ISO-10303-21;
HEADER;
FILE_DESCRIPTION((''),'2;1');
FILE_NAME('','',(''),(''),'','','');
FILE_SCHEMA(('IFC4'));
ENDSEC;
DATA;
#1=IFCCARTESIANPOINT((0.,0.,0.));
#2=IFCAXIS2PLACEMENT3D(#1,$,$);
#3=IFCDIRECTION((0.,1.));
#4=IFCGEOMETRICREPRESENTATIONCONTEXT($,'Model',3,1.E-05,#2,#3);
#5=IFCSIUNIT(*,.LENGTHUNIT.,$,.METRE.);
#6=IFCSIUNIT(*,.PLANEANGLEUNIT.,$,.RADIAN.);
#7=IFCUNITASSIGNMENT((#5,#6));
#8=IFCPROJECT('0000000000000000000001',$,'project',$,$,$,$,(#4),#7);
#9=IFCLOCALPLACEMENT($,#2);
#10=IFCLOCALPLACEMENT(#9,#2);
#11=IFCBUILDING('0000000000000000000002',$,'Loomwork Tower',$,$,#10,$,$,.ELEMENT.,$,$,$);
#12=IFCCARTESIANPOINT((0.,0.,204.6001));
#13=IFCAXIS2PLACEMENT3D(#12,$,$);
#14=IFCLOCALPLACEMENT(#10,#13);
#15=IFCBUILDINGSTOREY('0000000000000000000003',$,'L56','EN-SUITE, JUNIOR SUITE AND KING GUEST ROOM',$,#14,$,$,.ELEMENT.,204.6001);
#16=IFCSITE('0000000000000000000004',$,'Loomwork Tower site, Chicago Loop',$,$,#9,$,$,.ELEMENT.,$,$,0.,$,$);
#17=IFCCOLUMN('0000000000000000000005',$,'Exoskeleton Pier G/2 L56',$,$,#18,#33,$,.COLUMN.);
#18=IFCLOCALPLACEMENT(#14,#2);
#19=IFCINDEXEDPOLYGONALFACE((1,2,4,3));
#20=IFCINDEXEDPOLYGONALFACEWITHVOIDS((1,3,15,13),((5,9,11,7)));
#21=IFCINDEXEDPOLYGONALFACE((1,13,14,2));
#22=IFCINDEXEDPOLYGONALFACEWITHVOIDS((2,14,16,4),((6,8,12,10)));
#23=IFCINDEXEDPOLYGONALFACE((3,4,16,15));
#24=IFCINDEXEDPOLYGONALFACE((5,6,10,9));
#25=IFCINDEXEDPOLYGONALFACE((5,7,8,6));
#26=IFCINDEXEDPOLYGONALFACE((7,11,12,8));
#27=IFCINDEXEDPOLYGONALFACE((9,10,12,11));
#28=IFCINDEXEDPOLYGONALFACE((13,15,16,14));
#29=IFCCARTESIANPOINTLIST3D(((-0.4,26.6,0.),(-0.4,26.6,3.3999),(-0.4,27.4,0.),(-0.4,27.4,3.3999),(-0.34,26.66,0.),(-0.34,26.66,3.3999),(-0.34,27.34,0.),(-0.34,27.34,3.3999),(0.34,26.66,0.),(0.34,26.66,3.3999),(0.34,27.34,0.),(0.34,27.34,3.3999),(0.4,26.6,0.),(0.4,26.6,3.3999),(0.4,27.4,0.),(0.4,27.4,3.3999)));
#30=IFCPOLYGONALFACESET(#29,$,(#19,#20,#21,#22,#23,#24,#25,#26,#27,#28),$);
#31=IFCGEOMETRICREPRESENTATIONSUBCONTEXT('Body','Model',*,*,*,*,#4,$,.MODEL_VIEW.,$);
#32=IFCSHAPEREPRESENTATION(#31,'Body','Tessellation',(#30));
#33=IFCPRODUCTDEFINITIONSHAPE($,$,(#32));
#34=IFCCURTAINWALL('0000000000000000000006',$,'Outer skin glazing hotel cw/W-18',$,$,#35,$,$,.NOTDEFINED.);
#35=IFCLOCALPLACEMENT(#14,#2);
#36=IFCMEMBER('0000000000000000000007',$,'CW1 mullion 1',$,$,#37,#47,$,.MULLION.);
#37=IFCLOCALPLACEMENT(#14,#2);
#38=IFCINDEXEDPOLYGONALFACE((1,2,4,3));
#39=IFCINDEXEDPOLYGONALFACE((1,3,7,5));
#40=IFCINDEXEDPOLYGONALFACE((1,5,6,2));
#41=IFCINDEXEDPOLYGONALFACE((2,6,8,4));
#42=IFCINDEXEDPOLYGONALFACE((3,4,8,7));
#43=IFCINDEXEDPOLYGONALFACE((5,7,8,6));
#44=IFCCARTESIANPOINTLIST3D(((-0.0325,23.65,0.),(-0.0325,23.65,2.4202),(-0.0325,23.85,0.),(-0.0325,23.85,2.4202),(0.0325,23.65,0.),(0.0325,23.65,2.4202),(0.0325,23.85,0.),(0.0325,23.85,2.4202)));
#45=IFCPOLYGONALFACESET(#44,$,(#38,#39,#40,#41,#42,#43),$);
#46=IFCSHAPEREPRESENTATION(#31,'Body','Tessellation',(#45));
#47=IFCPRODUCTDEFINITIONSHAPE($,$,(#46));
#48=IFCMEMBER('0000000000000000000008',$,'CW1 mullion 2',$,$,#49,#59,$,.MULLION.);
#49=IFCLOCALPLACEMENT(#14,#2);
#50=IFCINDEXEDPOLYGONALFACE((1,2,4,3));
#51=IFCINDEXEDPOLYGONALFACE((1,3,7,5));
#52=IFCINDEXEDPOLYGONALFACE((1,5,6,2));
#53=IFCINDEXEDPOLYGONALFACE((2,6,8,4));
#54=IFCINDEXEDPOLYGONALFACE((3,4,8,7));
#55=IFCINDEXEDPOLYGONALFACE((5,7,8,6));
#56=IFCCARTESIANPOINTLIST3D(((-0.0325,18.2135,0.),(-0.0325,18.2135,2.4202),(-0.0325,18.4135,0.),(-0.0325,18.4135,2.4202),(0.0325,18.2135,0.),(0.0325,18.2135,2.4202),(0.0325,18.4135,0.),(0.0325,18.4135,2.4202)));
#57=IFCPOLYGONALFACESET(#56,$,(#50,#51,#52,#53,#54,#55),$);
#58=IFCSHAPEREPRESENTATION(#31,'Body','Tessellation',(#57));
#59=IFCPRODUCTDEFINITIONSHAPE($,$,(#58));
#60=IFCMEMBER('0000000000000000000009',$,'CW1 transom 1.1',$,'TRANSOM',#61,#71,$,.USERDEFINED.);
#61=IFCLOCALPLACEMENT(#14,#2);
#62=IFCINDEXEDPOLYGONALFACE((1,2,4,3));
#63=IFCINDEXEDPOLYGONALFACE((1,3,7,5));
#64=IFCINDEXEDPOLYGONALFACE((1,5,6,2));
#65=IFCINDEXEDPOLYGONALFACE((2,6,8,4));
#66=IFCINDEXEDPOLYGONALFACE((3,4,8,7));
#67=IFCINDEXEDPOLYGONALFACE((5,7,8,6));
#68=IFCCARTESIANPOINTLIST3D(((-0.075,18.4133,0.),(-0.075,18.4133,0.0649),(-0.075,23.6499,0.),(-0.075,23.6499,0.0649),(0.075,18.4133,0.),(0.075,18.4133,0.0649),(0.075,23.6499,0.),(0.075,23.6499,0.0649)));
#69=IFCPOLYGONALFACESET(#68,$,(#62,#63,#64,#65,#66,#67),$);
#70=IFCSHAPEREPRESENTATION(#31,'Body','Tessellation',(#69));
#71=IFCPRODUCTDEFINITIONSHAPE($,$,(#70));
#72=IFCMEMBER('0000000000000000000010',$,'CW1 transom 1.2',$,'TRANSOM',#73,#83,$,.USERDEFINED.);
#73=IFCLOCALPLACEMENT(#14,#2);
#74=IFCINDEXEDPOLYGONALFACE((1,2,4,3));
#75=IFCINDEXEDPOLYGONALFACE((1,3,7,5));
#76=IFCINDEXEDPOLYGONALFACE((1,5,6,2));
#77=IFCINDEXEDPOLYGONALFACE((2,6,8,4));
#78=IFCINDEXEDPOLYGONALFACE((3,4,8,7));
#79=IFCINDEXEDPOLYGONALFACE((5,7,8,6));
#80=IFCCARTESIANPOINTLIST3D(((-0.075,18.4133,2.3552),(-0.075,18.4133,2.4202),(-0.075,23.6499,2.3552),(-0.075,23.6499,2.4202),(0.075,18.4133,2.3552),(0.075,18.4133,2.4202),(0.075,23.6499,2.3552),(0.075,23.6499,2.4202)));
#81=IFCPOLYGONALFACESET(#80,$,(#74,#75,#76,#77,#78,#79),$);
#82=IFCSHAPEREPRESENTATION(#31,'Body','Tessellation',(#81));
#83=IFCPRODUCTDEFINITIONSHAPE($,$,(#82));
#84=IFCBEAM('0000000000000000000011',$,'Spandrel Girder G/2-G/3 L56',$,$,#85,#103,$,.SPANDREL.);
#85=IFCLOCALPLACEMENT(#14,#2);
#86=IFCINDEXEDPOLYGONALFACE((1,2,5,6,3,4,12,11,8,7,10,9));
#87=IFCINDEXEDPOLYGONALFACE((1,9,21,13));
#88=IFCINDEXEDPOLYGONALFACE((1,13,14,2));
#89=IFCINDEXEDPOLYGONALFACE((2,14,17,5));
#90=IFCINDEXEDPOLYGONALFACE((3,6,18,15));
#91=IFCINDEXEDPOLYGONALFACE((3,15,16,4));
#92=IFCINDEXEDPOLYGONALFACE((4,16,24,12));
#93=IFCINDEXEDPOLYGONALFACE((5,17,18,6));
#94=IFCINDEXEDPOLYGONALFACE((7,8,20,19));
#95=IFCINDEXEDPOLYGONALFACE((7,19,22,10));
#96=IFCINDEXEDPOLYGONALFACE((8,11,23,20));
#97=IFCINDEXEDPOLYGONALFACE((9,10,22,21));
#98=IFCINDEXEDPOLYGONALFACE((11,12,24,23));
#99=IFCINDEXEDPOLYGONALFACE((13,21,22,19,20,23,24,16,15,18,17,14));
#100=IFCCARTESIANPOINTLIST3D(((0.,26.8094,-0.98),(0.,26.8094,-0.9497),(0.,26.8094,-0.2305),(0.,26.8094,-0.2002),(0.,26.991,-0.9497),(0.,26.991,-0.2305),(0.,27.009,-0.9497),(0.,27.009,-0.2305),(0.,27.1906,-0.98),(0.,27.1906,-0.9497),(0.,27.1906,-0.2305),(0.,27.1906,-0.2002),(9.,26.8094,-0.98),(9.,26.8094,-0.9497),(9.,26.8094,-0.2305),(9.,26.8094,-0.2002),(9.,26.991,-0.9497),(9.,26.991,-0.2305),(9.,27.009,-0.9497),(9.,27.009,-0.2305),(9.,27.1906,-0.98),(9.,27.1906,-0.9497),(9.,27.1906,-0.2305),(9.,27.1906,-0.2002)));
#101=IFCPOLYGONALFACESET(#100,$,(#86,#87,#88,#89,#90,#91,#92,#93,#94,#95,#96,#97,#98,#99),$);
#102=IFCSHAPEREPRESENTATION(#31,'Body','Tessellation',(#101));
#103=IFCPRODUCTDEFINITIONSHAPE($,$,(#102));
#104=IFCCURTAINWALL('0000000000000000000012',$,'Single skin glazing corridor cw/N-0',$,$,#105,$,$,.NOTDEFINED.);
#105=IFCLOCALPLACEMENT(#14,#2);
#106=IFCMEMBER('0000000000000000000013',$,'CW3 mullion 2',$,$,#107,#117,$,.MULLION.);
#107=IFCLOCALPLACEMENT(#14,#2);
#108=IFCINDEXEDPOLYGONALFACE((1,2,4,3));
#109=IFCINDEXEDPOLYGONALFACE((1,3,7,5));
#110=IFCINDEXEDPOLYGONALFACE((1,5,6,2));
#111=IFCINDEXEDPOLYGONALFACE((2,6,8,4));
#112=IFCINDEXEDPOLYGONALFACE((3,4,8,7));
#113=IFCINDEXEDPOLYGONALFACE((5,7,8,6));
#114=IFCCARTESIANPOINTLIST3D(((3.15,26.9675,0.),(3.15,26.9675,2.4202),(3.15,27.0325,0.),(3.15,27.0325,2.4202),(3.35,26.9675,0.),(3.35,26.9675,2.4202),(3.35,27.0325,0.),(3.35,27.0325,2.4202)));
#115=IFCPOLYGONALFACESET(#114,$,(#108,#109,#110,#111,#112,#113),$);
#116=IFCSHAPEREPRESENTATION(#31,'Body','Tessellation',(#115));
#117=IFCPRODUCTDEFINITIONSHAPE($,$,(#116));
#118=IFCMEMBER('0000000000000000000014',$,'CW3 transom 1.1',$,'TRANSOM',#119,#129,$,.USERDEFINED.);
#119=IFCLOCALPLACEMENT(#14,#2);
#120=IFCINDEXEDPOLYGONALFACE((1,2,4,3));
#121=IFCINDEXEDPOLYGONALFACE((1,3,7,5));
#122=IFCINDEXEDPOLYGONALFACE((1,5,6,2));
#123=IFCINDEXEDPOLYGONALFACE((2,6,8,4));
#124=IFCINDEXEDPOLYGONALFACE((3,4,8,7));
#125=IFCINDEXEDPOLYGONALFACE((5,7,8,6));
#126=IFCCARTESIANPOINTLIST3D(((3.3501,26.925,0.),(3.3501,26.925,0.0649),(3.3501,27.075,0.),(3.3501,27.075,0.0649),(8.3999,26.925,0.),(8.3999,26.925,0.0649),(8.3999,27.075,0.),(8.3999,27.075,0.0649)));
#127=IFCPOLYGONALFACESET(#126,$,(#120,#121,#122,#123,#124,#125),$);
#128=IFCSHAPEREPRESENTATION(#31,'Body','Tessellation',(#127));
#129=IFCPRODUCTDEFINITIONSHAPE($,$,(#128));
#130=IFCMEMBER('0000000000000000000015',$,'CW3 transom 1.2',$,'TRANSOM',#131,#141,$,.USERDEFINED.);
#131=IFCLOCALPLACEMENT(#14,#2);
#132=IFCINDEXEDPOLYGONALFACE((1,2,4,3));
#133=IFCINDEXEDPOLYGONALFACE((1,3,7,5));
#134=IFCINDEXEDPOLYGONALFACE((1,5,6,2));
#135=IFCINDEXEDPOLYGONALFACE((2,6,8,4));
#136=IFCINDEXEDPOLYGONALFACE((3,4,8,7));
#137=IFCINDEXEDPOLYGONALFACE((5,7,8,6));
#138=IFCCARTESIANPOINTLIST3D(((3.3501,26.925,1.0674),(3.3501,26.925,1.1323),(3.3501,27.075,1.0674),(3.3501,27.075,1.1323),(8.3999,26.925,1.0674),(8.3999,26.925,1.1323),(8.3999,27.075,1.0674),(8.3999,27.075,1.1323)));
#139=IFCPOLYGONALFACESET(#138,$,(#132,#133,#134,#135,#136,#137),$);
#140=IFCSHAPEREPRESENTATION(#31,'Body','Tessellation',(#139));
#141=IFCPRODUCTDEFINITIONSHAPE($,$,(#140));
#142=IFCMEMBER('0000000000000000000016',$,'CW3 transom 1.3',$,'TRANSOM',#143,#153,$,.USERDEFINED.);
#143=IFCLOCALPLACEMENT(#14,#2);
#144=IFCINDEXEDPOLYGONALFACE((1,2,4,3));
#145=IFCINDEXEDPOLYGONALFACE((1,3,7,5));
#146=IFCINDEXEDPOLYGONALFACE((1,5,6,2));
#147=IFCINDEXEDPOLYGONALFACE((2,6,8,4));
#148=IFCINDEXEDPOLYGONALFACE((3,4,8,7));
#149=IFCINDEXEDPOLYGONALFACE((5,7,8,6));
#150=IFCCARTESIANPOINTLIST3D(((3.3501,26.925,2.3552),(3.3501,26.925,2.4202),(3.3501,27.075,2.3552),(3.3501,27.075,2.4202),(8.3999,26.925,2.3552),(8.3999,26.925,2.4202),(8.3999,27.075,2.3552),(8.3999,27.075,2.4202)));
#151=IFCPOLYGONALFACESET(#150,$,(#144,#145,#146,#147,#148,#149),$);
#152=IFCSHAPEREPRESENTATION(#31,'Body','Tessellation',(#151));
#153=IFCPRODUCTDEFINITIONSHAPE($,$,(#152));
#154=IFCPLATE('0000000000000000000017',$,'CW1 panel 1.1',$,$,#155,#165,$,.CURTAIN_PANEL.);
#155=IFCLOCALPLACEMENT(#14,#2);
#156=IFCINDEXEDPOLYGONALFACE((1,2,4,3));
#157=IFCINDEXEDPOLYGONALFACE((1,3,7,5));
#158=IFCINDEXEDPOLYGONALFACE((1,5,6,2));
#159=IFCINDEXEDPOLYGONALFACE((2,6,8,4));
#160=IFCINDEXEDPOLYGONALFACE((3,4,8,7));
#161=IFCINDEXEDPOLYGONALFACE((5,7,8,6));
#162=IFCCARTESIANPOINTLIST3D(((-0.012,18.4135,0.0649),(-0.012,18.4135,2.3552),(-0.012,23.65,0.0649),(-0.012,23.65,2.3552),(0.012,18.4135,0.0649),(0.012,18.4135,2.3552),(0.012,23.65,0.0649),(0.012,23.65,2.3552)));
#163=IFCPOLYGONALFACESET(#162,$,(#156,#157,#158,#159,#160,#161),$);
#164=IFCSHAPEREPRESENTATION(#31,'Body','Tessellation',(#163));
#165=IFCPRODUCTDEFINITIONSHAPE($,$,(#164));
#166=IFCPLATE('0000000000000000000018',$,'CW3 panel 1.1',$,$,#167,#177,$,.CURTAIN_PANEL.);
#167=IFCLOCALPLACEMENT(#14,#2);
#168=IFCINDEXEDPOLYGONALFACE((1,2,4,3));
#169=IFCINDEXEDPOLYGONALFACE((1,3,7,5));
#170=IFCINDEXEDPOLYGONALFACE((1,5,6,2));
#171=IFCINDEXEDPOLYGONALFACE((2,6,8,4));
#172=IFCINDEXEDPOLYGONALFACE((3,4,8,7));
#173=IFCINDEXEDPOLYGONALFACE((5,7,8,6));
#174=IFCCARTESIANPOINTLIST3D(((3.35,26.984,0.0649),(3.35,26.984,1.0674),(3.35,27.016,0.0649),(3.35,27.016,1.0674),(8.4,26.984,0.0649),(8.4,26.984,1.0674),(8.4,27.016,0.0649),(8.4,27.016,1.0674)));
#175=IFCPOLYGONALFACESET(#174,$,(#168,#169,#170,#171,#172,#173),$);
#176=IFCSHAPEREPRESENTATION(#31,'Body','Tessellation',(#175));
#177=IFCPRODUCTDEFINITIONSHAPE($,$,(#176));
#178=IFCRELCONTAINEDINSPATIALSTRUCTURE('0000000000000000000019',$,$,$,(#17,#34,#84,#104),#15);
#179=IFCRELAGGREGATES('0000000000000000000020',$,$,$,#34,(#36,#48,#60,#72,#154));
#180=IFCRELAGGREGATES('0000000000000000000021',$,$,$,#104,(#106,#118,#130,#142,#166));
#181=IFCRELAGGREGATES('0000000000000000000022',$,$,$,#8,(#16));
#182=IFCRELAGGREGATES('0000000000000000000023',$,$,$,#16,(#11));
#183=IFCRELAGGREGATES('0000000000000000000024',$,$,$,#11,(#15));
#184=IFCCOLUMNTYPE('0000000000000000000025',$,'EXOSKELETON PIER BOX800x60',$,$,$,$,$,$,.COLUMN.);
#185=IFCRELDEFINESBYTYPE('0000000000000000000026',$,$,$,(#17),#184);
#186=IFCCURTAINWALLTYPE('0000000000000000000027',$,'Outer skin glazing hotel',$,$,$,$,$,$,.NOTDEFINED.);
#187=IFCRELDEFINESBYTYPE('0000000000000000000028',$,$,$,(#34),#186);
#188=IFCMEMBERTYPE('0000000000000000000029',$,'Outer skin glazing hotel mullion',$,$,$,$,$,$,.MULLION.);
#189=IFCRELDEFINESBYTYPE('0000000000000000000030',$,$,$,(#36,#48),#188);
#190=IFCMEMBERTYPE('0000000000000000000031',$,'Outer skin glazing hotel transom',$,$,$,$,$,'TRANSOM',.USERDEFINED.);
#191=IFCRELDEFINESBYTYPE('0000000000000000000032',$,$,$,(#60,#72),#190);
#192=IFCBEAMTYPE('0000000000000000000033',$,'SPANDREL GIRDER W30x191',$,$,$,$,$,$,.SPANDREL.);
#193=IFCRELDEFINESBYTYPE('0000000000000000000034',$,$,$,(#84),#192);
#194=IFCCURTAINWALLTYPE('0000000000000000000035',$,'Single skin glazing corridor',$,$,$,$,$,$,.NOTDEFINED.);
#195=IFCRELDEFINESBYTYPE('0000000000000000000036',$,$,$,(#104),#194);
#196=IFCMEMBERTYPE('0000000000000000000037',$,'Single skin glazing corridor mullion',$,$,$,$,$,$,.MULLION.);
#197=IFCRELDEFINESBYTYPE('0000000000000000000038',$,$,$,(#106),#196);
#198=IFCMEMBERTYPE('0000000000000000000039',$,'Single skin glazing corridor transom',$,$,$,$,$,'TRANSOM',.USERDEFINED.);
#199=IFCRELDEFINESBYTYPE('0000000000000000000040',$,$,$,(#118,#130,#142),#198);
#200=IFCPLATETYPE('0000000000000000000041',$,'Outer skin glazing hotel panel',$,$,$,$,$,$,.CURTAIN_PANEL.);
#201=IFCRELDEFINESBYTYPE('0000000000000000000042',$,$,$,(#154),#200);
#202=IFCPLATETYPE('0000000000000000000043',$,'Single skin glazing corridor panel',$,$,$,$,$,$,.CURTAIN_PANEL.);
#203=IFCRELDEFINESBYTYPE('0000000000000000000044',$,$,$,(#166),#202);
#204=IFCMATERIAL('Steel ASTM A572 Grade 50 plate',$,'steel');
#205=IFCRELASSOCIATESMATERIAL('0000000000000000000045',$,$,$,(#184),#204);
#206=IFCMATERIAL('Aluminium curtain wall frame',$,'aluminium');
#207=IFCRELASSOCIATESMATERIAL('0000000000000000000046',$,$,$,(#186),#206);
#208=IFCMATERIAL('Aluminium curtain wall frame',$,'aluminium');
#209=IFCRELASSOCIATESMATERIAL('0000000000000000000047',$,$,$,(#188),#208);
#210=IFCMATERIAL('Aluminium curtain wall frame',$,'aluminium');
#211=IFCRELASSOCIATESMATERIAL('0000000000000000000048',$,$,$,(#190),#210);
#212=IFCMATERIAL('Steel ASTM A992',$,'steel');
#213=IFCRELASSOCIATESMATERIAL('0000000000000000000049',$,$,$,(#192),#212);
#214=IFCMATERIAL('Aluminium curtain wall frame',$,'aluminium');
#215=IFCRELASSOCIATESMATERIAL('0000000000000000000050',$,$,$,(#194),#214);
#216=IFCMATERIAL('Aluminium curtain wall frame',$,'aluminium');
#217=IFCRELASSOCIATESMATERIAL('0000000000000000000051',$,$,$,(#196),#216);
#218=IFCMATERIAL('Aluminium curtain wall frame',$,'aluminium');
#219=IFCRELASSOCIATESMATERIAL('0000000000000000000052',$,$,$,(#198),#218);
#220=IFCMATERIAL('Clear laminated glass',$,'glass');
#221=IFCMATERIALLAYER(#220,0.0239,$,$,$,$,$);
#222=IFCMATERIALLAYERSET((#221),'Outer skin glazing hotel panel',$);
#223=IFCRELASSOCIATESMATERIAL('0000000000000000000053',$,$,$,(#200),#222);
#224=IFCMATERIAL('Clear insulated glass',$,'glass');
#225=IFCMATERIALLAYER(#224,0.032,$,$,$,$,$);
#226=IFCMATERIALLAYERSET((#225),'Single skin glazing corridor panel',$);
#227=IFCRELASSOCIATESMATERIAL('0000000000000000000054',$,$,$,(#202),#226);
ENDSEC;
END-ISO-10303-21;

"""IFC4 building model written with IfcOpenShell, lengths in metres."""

from ifc_helpers import new_model, si_unit, direction, frame, origin, origin_2d, place, context, subcontext, project, spatial, rectangle, hollow_rectangle, i_section, extrude, material, layer, layer_set, material_profile, profile_set, type_object, element, aggregate, save


model = new_model("IFC4")

# Units and contexts
model_context = context("Model", 3, precision=1e-05, world=origin(), true_north=direction((0.0, 1.0)))
body_context = subcontext(model_context, "Body", "Model", "MODEL_VIEW")
ifc_project = project(units=[si_unit("LENGTHUNIT", "METRE"), si_unit("PLANEANGLEUNIT", "RADIAN")], contexts=[model_context])

# Site, building, storey
site_placement = place(None, origin())
site = spatial("IfcSite", under=ifc_project, at=site_placement, Name="Loomwork Tower site, Chicago Loop", CompositionType="ELEMENT", RefElevation=0.0)
building_placement = place(site_placement, origin())
building = spatial("IfcBuilding", under=site, at=building_placement, Name="Loomwork Tower", CompositionType="ELEMENT")
storey_placement = place(building_placement, frame((0.0, 0.0, 204.6001)))
storey = spatial("IfcBuildingStorey", under=building, at=storey_placement, Name="L56", Description="EN-SUITE, JUNIOR SUITE AND KING GUEST ROOM", CompositionType="ELEMENT", Elevation=204.6001)

# Column
ifc_material_1 = material(Name="Steel ASTM A572 Grade 50 plate", Category="steel")
ifc_material_profile_1 = material_profile(ifc_material_1, hollow_rectangle(XDim=0.8, YDim=0.8, WallThickness=0.0601, at=origin_2d()), Name="BOX800x60")
ifc_profile_set_1 = profile_set([ifc_material_profile_1], Name="Steel ASTM A572 Grade 50 plate")
column_type = type_object("IfcColumnType", Name="EXOSKELETON PIER BOX800x60", PredefinedType="COLUMN", material=ifc_profile_set_1)
column_placement = place(storey_placement, frame((0.0, 27.0, 0.0), z_axis=(0.0, 0.0, 1.0), x_axis=(0.0, 1.0, 0.0)))
element("IfcColumn", 1, at=column_placement, inside=storey, type_object=column_type, Name="Exoskeleton Pier G/2 L56", PredefinedType="COLUMN", context=body_context, shape_type="SweptSolid", body=[
    extrude(hollow_rectangle(XDim=0.8, YDim=0.8, WallThickness=0.0601, at=origin_2d()), origin(), (0.0, 0.0, 1.0), 3.3999),
])

# Curtain wall, members
ifc_material_2 = material(Name="Aluminium curtain wall frame", Category="aluminium")
curtain_wall_type_1 = type_object("IfcCurtainWallType", Name="Outer skin glazing hotel", PredefinedType="NOTDEFINED", material=ifc_material_2)
curtain_wall_1_placement = place(storey_placement, origin())
curtain_wall_1 = element("IfcCurtainWall", 2, at=curtain_wall_1_placement, inside=storey, type_object=curtain_wall_type_1, Name="Outer skin glazing hotel cw/W-18", PredefinedType="NOTDEFINED")
ifc_material_3 = material(Name="Aluminium curtain wall frame", Category="aluminium")
ifc_material_profile_2 = material_profile(ifc_material_3, rectangle(XDim=0.0649, YDim=0.2, at=origin_2d()), Name="AL 65x200")
ifc_profile_set_2 = profile_set([ifc_material_profile_2], Name="Aluminium curtain wall frame")
member_type_1 = type_object("IfcMemberType", Name="Outer skin glazing hotel mullion", PredefinedType="MULLION", material=ifc_profile_set_2)
member_1_placement = place(storey_placement, frame((0.0, 23.75, 0.0), z_axis=(0.0, 0.0, 1.0), x_axis=(1.0, 0.0, 0.0)))
member_1 = element("IfcMember", 3, at=member_1_placement, type_object=member_type_1, Name="CW1 mullion 1", PredefinedType="MULLION", context=body_context, shape_type="SweptSolid", body=[
    extrude(rectangle(XDim=0.0649, YDim=0.2, at=origin_2d()), origin(), (0.0, 0.0, 1.0), 2.4202),
])
member_2_placement = place(storey_placement, frame((0.0, 18.3135, 0.0), z_axis=(0.0, 0.0, 1.0), x_axis=(1.0, 0.0, 0.0)))
member_2 = element("IfcMember", 4, at=member_2_placement, type_object=member_type_1, Name="CW1 mullion 2", PredefinedType="MULLION", context=body_context, shape_type="SweptSolid", body=[
    extrude(rectangle(XDim=0.0649, YDim=0.2, at=origin_2d()), origin(), (0.0, 0.0, 1.0), 2.4202),
])
ifc_material_4 = material(Name="Aluminium curtain wall frame", Category="aluminium")
ifc_material_profile_3 = material_profile(ifc_material_4, rectangle(XDim=0.1499, YDim=0.0649, at=origin_2d()), Name="AL 65x150")
ifc_profile_set_3 = profile_set([ifc_material_profile_3], Name="Aluminium curtain wall frame")
member_type_2 = type_object("IfcMemberType", Name="Outer skin glazing hotel transom", ElementType="TRANSOM", PredefinedType="USERDEFINED", material=ifc_profile_set_3)
member_3_placement = place(storey_placement, frame((0.0, 23.6499, 0.0325), z_axis=(0.0, -1.0, 0.0), x_axis=(1.0, 0.0, 0.0)))
member_3 = element("IfcMember", 5, at=member_3_placement, type_object=member_type_2, Name="CW1 transom 1.1", ObjectType="TRANSOM", PredefinedType="USERDEFINED", context=body_context, shape_type="SweptSolid", body=[
    extrude(rectangle(XDim=0.1499, YDim=0.0649, at=origin_2d()), origin(), (0.0, 0.0, 1.0), 5.2366),
])
member_4_placement = place(storey_placement, frame((0.0, 23.6499, 2.3877), z_axis=(0.0, -1.0, 0.0), x_axis=(1.0, 0.0, 0.0)))
member_4 = element("IfcMember", 6, at=member_4_placement, type_object=member_type_2, Name="CW1 transom 1.2", ObjectType="TRANSOM", PredefinedType="USERDEFINED", context=body_context, shape_type="SweptSolid", body=[
    extrude(rectangle(XDim=0.1499, YDim=0.0649, at=origin_2d()), origin(), (0.0, 0.0, 1.0), 5.2366),
])

# Beam
ifc_material_5 = material(Name="Steel ASTM A992", Category="steel")
ifc_material_profile_4 = material_profile(ifc_material_5, i_section(OverallWidth=0.3811, OverallDepth=0.7798, WebThickness=0.0181, FlangeThickness=0.0303, at=origin_2d()), Name="W30x191")
ifc_profile_set_4 = profile_set([ifc_material_profile_4], Name="Steel ASTM A992")
beam_type = type_object("IfcBeamType", Name="SPANDREL GIRDER W30x191", PredefinedType="SPANDREL", material=ifc_profile_set_4)
beam_placement = place(storey_placement, frame((0.0, 27.0, -0.5901), z_axis=(1.0, 0.0, 0.0), x_axis=(0.0, 1.0, 0.0)))
element("IfcBeam", 7, at=beam_placement, inside=storey, type_object=beam_type, Name="Spandrel Girder G/2-G/3 L56", PredefinedType="SPANDREL", context=body_context, shape_type="SweptSolid", body=[
    extrude(i_section(OverallWidth=0.3811, OverallDepth=0.7798, WebThickness=0.0181, FlangeThickness=0.0303, at=origin_2d()), origin(), (0.0, 0.0, 1.0), 9.0),
])

# Curtain wall, members
ifc_material_6 = material(Name="Aluminium curtain wall frame", Category="aluminium")
curtain_wall_type_2 = type_object("IfcCurtainWallType", Name="Single skin glazing corridor", PredefinedType="NOTDEFINED", material=ifc_material_6)
curtain_wall_2_placement = place(storey_placement, origin())
curtain_wall_2 = element("IfcCurtainWall", 8, at=curtain_wall_2_placement, inside=storey, type_object=curtain_wall_type_2, Name="Single skin glazing corridor cw/N-0", PredefinedType="NOTDEFINED")
ifc_material_7 = material(Name="Aluminium curtain wall frame", Category="aluminium")
ifc_material_profile_5 = material_profile(ifc_material_7, rectangle(XDim=0.0649, YDim=0.2, at=origin_2d()), Name="AL 65x200")
ifc_profile_set_5 = profile_set([ifc_material_profile_5], Name="Aluminium curtain wall frame")
member_type_3 = type_object("IfcMemberType", Name="Single skin glazing corridor mullion", PredefinedType="MULLION", material=ifc_profile_set_5)
member_5_placement = place(storey_placement, frame((3.25, 27.0, 0.0), z_axis=(0.0, 0.0, 1.0), x_axis=(0.0, -1.0, 0.0)))
member_5 = element("IfcMember", 9, at=member_5_placement, type_object=member_type_3, Name="CW3 mullion 2", PredefinedType="MULLION", context=body_context, shape_type="SweptSolid", body=[
    extrude(rectangle(XDim=0.0649, YDim=0.2, at=origin_2d()), origin(), (0.0, 0.0, 1.0), 2.4202),
])
ifc_material_8 = material(Name="Aluminium curtain wall frame", Category="aluminium")
ifc_material_profile_6 = material_profile(ifc_material_8, rectangle(XDim=0.1499, YDim=0.0649, at=origin_2d()), Name="AL 65x150")
ifc_profile_set_6 = profile_set([ifc_material_profile_6], Name="Aluminium curtain wall frame")
member_type_4 = type_object("IfcMemberType", Name="Single skin glazing corridor transom", ElementType="TRANSOM", PredefinedType="USERDEFINED", material=ifc_profile_set_6)
member_6_placement = place(storey_placement, frame((8.3999, 27.0, 0.0325), z_axis=(-1.0, 0.0, 0.0), x_axis=(0.0, -1.0, 0.0)))
member_6 = element("IfcMember", 10, at=member_6_placement, type_object=member_type_4, Name="CW3 transom 1.1", ObjectType="TRANSOM", PredefinedType="USERDEFINED", context=body_context, shape_type="SweptSolid", body=[
    extrude(rectangle(XDim=0.1499, YDim=0.0649, at=origin_2d()), origin(), (0.0, 0.0, 1.0), 5.0498),
])
member_7_placement = place(storey_placement, frame((8.3999, 27.0, 1.0999), z_axis=(-1.0, 0.0, 0.0), x_axis=(0.0, -1.0, 0.0)))
member_7 = element("IfcMember", 11, at=member_7_placement, type_object=member_type_4, Name="CW3 transom 1.2", ObjectType="TRANSOM", PredefinedType="USERDEFINED", context=body_context, shape_type="SweptSolid", body=[
    extrude(rectangle(XDim=0.1499, YDim=0.0649, at=origin_2d()), origin(), (0.0, 0.0, 1.0), 5.0498),
])
member_8_placement = place(storey_placement, frame((8.3999, 27.0, 2.3877), z_axis=(-1.0, 0.0, 0.0), x_axis=(0.0, -1.0, 0.0)))
member_8 = element("IfcMember", 12, at=member_8_placement, type_object=member_type_4, Name="CW3 transom 1.3", ObjectType="TRANSOM", PredefinedType="USERDEFINED", context=body_context, shape_type="SweptSolid", body=[
    extrude(rectangle(XDim=0.1499, YDim=0.0649, at=origin_2d()), origin(), (0.0, 0.0, 1.0), 5.0498),
])

# Plates
ifc_material_9 = material(Name="Clear laminated glass", Category="glass")
ifc_layer_1 = layer(ifc_material_9, 0.0239)
ifc_layer_set_1 = layer_set([ifc_layer_1], Name="Outer skin glazing hotel panel")
plate_type_1 = type_object("IfcPlateType", Name="Outer skin glazing hotel panel", PredefinedType="CURTAIN_PANEL", material=ifc_layer_set_1)
plate_1_placement = place(storey_placement, frame((0.0, 21.0317, 0.0649), z_axis=(0.0, 0.0, 1.0), x_axis=(0.0, -1.0, 0.0)))
plate_1 = element("IfcPlate", 13, at=plate_1_placement, type_object=plate_type_1, Name="CW1 panel 1.1", PredefinedType="CURTAIN_PANEL", context=body_context, shape_type="SweptSolid", body=[
    extrude(rectangle(XDim=5.2366, YDim=0.0239, at=origin_2d()), origin(), (0.0, 0.0, 1.0), 2.2903),
])
aggregate(curtain_wall_1, [member_1, member_2, member_3, member_4, plate_1])
ifc_material_10 = material(Name="Clear insulated glass", Category="glass")
ifc_layer_2 = layer(ifc_material_10, 0.032)
ifc_layer_set_2 = layer_set([ifc_layer_2], Name="Single skin glazing corridor panel")
plate_type_2 = type_object("IfcPlateType", Name="Single skin glazing corridor panel", PredefinedType="CURTAIN_PANEL", material=ifc_layer_set_2)
plate_2_placement = place(storey_placement, frame((5.875, 27.0, 0.0649), z_axis=(0.0, 0.0, 1.0), x_axis=(-1.0, 0.0, 0.0)))
plate_2 = element("IfcPlate", 14, at=plate_2_placement, type_object=plate_type_2, Name="CW3 panel 1.1", PredefinedType="CURTAIN_PANEL", context=body_context, shape_type="SweptSolid", body=[
    extrude(rectangle(XDim=5.05, YDim=0.032, at=origin_2d()), origin(), (0.0, 0.0, 1.0), 1.0024),
])
aggregate(curtain_wall_2, [member_5, member_6, member_7, member_8, plate_2])

save(model, "model.ifc")
